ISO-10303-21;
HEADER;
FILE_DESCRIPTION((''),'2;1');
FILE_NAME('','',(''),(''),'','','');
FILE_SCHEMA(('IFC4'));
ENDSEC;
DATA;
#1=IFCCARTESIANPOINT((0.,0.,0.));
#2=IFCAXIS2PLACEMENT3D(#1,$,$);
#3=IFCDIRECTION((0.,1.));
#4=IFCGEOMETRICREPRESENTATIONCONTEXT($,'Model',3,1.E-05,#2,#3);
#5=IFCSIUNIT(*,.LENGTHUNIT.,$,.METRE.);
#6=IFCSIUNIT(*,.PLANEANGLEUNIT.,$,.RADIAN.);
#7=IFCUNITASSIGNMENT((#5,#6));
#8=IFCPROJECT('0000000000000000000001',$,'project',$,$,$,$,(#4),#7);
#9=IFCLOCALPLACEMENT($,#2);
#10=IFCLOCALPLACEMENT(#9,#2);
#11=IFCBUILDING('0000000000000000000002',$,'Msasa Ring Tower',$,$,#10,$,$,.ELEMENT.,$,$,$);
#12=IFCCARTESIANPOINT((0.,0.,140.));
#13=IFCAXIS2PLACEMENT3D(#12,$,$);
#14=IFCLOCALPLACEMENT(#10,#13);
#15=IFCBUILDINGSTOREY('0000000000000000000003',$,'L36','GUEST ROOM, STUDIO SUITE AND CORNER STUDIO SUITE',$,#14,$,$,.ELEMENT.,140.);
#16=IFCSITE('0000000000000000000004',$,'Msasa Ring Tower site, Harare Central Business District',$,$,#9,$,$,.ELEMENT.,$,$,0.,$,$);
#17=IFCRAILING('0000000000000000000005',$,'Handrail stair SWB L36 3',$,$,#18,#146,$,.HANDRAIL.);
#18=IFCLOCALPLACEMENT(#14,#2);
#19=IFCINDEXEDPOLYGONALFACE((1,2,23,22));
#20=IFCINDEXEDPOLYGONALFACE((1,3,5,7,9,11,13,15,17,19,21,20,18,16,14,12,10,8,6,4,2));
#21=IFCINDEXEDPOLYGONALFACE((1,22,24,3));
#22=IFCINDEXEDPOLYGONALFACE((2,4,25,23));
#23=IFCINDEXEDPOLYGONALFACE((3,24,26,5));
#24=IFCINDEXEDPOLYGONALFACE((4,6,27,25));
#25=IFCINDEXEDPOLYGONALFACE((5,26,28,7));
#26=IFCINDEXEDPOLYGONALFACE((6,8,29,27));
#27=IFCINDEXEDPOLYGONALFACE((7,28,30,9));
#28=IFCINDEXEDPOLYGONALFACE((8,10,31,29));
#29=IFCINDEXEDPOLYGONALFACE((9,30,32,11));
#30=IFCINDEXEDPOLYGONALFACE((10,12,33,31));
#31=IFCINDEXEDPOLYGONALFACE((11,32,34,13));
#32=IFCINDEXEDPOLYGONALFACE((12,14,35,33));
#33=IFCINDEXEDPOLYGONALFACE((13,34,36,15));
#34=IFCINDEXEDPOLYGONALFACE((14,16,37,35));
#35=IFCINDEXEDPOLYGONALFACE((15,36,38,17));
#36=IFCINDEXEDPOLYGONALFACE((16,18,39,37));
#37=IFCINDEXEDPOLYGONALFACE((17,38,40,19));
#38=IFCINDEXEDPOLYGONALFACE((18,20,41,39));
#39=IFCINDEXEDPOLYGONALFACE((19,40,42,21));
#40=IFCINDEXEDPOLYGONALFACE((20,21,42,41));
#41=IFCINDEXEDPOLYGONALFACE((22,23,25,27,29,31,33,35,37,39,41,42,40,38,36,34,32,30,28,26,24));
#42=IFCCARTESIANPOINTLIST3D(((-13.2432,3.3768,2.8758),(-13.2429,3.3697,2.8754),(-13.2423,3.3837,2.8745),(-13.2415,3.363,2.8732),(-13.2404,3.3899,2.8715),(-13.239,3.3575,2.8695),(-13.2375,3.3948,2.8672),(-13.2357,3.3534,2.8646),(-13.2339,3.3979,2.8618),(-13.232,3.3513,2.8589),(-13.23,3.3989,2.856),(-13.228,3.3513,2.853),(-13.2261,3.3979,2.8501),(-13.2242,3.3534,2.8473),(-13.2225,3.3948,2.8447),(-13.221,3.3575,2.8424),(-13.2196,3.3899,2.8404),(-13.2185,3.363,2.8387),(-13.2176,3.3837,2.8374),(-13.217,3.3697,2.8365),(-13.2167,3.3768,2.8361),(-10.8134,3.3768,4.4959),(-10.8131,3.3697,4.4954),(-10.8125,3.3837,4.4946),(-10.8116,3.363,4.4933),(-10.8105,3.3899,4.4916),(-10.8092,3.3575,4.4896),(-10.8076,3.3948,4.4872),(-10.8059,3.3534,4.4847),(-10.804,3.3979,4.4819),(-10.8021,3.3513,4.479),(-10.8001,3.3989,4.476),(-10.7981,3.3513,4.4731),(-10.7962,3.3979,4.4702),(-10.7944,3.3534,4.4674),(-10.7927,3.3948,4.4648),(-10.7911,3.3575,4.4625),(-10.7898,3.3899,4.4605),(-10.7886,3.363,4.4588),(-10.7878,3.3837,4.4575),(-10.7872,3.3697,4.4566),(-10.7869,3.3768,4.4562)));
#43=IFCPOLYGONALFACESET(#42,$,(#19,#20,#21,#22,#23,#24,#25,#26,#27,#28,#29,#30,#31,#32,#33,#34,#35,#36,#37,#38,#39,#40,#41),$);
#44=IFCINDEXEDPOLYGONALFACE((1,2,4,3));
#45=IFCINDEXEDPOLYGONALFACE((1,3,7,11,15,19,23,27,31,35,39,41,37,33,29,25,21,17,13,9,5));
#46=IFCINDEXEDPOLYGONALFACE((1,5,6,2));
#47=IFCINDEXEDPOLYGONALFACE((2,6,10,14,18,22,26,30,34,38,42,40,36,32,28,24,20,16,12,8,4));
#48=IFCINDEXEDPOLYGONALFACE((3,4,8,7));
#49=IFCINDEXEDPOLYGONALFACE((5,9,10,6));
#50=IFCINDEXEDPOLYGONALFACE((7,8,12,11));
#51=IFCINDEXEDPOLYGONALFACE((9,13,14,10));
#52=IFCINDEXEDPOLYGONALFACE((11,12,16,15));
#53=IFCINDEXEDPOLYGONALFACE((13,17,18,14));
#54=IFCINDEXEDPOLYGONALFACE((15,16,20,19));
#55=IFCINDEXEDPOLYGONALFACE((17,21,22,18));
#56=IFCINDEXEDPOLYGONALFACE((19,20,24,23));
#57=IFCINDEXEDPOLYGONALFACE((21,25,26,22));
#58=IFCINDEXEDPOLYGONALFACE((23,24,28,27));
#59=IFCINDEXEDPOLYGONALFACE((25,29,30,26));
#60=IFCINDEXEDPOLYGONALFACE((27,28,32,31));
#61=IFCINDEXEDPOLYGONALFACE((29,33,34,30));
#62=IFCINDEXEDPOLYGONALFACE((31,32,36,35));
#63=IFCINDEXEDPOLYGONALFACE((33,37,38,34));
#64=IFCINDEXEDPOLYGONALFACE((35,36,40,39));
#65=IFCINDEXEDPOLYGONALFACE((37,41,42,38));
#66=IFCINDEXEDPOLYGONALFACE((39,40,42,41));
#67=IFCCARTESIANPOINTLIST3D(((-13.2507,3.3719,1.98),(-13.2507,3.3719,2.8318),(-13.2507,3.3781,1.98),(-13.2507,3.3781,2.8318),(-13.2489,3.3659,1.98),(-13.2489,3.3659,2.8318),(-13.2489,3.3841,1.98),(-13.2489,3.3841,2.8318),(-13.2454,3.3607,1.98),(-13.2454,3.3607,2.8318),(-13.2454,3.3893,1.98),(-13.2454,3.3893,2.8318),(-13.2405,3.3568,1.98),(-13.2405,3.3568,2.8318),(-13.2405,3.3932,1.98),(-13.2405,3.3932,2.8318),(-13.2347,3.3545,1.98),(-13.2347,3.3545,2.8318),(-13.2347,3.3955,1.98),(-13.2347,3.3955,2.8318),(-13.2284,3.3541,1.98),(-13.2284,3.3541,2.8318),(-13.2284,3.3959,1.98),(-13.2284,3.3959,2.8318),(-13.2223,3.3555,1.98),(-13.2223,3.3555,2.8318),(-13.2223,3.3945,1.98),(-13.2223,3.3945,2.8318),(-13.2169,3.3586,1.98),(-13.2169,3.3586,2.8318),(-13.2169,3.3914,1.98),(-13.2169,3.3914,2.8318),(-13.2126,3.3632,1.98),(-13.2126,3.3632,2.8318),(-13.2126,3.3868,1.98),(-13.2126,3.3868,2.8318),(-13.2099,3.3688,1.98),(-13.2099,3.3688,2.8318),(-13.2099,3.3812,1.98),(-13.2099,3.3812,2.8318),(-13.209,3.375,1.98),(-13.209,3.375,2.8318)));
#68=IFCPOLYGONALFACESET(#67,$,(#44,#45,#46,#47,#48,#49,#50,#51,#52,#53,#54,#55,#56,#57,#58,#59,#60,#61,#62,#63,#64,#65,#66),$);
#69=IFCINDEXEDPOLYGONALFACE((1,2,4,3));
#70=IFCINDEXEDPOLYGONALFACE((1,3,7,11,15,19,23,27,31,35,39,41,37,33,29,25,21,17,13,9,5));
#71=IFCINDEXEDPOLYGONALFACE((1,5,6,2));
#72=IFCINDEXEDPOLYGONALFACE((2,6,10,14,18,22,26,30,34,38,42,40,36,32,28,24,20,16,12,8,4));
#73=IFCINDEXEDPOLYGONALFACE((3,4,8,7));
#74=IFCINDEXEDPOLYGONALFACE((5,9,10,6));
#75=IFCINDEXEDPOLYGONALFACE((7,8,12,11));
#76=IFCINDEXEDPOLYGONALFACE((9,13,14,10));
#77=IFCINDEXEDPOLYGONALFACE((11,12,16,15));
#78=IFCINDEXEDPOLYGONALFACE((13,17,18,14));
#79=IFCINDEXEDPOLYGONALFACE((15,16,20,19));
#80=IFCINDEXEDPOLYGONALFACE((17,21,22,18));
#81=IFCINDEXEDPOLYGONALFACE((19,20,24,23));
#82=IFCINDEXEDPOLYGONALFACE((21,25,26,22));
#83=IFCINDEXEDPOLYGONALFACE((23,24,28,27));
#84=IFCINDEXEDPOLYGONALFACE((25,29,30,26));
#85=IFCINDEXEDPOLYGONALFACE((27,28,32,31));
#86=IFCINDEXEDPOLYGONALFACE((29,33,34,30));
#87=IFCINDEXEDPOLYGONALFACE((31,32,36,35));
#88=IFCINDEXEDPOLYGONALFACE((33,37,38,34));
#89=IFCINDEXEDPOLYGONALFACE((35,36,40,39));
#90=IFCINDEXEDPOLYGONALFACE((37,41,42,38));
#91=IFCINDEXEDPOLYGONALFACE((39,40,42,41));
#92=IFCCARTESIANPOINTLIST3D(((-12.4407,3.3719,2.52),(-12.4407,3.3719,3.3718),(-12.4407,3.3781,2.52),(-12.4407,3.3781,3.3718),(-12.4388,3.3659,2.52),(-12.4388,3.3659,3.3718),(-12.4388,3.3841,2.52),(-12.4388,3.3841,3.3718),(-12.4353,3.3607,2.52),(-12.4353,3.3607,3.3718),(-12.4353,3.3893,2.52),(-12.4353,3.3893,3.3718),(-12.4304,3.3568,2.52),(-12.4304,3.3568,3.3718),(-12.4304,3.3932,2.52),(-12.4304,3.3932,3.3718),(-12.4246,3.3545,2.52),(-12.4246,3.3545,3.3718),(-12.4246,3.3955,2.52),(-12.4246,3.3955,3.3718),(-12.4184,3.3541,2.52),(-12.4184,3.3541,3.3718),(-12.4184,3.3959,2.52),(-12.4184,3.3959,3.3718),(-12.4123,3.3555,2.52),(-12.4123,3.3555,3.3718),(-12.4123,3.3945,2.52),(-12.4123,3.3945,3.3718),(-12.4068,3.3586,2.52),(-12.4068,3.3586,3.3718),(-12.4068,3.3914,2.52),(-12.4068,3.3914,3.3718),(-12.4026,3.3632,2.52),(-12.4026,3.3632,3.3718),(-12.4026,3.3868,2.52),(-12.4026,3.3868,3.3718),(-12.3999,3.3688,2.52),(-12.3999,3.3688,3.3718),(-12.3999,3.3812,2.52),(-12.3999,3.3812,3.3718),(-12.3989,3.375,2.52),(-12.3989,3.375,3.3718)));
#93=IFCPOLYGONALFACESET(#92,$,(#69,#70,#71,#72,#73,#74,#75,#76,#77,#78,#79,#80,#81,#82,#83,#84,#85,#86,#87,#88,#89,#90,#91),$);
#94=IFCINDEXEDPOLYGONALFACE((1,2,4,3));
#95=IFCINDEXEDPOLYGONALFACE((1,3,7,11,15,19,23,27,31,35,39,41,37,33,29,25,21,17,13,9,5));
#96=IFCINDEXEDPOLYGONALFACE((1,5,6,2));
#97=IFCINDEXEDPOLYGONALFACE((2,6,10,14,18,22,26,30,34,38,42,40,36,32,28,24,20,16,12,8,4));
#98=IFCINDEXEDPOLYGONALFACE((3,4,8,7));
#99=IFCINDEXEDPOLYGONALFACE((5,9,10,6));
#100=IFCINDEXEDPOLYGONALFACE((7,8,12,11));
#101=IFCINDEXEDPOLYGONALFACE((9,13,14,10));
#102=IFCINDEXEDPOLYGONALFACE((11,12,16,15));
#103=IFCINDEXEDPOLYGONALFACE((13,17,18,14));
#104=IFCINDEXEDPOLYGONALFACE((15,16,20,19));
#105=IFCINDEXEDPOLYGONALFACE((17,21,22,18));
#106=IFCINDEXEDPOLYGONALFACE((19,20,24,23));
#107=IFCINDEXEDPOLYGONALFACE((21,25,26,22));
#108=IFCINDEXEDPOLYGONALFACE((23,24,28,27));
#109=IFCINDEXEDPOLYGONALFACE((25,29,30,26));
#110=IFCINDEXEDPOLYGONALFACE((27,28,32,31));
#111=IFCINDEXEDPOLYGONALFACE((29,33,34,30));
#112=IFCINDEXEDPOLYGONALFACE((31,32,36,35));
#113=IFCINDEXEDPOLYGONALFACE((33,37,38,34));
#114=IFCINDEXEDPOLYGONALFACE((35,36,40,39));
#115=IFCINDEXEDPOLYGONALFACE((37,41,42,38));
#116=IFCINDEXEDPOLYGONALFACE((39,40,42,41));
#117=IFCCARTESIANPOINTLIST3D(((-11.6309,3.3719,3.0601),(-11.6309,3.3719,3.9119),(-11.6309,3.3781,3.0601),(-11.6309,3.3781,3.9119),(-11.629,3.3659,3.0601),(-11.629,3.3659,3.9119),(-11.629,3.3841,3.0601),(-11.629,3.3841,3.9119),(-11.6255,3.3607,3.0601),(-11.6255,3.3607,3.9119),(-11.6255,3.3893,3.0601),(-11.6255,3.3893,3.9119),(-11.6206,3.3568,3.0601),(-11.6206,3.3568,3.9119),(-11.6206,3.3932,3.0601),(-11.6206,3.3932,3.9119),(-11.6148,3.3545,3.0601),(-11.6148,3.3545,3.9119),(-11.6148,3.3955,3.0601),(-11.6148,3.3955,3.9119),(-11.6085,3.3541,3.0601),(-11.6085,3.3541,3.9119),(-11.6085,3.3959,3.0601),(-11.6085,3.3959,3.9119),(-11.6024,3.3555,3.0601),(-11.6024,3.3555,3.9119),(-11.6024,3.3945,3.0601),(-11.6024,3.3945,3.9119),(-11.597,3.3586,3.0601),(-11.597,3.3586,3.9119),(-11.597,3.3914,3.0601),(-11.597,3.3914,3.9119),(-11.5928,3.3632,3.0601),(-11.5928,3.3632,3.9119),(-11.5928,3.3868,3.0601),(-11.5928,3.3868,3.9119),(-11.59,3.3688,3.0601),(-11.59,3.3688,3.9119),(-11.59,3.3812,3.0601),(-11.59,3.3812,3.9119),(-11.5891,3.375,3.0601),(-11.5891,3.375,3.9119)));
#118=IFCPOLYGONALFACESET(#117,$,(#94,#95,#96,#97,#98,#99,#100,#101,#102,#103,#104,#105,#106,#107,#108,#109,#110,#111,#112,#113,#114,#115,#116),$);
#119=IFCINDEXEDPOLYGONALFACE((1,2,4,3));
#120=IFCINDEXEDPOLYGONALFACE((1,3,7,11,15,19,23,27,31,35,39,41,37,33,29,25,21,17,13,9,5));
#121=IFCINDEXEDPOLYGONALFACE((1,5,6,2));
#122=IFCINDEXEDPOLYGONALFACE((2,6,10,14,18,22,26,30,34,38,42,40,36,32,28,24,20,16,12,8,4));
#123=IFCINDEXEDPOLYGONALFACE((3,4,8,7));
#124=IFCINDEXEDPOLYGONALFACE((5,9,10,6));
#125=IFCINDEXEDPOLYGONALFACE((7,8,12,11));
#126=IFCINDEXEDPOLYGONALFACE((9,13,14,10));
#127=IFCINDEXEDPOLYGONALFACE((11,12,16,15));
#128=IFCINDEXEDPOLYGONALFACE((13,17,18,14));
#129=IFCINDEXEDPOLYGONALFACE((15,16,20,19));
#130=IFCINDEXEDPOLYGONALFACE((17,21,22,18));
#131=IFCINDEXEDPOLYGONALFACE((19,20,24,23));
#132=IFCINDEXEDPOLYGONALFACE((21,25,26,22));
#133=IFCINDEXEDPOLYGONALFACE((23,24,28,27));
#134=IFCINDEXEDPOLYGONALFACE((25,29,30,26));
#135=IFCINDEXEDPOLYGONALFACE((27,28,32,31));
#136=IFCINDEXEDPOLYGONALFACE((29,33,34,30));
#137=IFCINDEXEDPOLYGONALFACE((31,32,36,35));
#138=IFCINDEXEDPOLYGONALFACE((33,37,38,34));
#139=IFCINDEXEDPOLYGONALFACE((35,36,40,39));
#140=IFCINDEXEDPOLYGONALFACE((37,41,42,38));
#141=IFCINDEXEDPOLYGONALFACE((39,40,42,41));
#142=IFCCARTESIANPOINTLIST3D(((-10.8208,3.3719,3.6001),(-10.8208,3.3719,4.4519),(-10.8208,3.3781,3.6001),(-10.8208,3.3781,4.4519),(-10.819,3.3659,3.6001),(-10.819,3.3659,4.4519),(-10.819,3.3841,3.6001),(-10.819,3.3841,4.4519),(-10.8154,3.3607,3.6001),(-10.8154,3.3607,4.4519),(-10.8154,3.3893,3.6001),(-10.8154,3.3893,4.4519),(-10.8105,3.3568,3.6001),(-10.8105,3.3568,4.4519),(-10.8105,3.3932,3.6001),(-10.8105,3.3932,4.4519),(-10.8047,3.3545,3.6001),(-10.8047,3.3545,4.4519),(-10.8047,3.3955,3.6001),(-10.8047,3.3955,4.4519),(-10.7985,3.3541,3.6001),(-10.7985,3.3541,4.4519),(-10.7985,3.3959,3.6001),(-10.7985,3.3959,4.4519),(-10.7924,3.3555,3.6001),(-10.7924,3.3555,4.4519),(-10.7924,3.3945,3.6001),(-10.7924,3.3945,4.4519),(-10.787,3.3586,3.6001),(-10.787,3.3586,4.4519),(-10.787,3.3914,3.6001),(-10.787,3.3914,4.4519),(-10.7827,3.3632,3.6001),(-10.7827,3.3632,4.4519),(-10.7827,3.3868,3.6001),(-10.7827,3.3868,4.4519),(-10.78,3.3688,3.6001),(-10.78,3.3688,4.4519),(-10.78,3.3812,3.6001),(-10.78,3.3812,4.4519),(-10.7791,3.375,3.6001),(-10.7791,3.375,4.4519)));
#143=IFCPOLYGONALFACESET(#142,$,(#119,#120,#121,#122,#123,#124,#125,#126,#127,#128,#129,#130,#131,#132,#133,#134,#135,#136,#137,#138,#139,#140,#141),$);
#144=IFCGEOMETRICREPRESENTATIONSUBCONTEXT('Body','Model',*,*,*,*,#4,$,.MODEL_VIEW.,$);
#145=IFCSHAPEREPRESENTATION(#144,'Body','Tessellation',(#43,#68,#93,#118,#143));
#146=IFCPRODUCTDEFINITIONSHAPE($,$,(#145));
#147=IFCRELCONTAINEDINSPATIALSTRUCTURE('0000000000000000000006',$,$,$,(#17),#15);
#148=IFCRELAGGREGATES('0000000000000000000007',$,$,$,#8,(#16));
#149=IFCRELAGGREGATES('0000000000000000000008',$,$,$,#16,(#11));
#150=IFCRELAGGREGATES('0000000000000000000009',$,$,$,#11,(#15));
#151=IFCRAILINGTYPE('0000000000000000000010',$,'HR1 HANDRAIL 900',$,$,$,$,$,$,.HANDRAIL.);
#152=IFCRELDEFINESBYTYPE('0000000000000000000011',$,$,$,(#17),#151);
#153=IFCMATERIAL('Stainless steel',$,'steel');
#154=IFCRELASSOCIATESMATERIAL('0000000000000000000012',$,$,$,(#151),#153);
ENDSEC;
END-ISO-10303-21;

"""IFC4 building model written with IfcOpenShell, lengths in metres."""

from ifc_helpers import new_model, si_unit, direction, frame, origin, origin_2d, place, context, subcontext, project, spatial, circle, extrude, material, type_object, element, save


model = new_model("IFC4")

# Units and contexts
model_context = context("Model", 3, precision=1e-05, world=origin(), true_north=direction((0.0, 1.0)))
body_context = subcontext(model_context, "Body", "Model", "MODEL_VIEW")
ifc_project = project(units=[si_unit("LENGTHUNIT", "METRE"), si_unit("PLANEANGLEUNIT", "RADIAN")], contexts=[model_context])

# Site, building, storey
site_placement = place(None, origin())
site = spatial("IfcSite", under=ifc_project, at=site_placement, Name="Msasa Ring Tower site, Harare Central Business District", CompositionType="ELEMENT", RefElevation=0.0)
building_placement = place(site_placement, origin())
building = spatial("IfcBuilding", under=site, at=building_placement, Name="Msasa Ring Tower", CompositionType="ELEMENT")
storey_placement = place(building_placement, frame((0.0, 0.0, 140.0)))
storey = spatial("IfcBuildingStorey", under=building, at=storey_placement, Name="L36", Description="GUEST ROOM, STUDIO SUITE AND CORNER STUDIO SUITE", CompositionType="ELEMENT", Elevation=140.0)

# Railing
ifc_material_1 = material(Name="Stainless steel", Category="steel")
railing_type = type_object("IfcRailingType", Name="HR1 HANDRAIL 900", PredefinedType="HANDRAIL", material=ifc_material_1)
railing_placement = place(storey_placement, frame((-13.23, 3.375, 1.98)))
element("IfcRailing", 1, at=railing_placement, inside=storey, type_object=railing_type, Name="Handrail stair SWB L36 3", PredefinedType="HANDRAIL", context=body_context, shape_type="SweptSolid", body=[
    extrude(circle(Radius=0.0239, at=origin_2d()), frame((0.0, 0.0, 0.876), z_axis=(0.832025, 0.0, 0.554739), x_axis=(0.0, 1.0, 0.0)), (0.0, 0.0, 1.0), 2.9204),
    extrude(circle(Radius=0.021, at=origin_2d()), origin(), (0.0, 0.0, 1.0), 0.8518),
    extrude(circle(Radius=0.021, at=origin_2d()), frame((0.8101, 0.0, 0.54)), (0.0, 0.0, 1.0), 0.8518),
    extrude(circle(Radius=0.021, at=origin_2d()), frame((1.6199, 0.0, 1.0801)), (0.0, 0.0, 1.0), 0.8518),
    extrude(circle(Radius=0.021, at=origin_2d()), frame((2.4299, 0.0, 1.6201)), (0.0, 0.0, 1.0), 0.8518),
])

save(model, "model.ifc")
